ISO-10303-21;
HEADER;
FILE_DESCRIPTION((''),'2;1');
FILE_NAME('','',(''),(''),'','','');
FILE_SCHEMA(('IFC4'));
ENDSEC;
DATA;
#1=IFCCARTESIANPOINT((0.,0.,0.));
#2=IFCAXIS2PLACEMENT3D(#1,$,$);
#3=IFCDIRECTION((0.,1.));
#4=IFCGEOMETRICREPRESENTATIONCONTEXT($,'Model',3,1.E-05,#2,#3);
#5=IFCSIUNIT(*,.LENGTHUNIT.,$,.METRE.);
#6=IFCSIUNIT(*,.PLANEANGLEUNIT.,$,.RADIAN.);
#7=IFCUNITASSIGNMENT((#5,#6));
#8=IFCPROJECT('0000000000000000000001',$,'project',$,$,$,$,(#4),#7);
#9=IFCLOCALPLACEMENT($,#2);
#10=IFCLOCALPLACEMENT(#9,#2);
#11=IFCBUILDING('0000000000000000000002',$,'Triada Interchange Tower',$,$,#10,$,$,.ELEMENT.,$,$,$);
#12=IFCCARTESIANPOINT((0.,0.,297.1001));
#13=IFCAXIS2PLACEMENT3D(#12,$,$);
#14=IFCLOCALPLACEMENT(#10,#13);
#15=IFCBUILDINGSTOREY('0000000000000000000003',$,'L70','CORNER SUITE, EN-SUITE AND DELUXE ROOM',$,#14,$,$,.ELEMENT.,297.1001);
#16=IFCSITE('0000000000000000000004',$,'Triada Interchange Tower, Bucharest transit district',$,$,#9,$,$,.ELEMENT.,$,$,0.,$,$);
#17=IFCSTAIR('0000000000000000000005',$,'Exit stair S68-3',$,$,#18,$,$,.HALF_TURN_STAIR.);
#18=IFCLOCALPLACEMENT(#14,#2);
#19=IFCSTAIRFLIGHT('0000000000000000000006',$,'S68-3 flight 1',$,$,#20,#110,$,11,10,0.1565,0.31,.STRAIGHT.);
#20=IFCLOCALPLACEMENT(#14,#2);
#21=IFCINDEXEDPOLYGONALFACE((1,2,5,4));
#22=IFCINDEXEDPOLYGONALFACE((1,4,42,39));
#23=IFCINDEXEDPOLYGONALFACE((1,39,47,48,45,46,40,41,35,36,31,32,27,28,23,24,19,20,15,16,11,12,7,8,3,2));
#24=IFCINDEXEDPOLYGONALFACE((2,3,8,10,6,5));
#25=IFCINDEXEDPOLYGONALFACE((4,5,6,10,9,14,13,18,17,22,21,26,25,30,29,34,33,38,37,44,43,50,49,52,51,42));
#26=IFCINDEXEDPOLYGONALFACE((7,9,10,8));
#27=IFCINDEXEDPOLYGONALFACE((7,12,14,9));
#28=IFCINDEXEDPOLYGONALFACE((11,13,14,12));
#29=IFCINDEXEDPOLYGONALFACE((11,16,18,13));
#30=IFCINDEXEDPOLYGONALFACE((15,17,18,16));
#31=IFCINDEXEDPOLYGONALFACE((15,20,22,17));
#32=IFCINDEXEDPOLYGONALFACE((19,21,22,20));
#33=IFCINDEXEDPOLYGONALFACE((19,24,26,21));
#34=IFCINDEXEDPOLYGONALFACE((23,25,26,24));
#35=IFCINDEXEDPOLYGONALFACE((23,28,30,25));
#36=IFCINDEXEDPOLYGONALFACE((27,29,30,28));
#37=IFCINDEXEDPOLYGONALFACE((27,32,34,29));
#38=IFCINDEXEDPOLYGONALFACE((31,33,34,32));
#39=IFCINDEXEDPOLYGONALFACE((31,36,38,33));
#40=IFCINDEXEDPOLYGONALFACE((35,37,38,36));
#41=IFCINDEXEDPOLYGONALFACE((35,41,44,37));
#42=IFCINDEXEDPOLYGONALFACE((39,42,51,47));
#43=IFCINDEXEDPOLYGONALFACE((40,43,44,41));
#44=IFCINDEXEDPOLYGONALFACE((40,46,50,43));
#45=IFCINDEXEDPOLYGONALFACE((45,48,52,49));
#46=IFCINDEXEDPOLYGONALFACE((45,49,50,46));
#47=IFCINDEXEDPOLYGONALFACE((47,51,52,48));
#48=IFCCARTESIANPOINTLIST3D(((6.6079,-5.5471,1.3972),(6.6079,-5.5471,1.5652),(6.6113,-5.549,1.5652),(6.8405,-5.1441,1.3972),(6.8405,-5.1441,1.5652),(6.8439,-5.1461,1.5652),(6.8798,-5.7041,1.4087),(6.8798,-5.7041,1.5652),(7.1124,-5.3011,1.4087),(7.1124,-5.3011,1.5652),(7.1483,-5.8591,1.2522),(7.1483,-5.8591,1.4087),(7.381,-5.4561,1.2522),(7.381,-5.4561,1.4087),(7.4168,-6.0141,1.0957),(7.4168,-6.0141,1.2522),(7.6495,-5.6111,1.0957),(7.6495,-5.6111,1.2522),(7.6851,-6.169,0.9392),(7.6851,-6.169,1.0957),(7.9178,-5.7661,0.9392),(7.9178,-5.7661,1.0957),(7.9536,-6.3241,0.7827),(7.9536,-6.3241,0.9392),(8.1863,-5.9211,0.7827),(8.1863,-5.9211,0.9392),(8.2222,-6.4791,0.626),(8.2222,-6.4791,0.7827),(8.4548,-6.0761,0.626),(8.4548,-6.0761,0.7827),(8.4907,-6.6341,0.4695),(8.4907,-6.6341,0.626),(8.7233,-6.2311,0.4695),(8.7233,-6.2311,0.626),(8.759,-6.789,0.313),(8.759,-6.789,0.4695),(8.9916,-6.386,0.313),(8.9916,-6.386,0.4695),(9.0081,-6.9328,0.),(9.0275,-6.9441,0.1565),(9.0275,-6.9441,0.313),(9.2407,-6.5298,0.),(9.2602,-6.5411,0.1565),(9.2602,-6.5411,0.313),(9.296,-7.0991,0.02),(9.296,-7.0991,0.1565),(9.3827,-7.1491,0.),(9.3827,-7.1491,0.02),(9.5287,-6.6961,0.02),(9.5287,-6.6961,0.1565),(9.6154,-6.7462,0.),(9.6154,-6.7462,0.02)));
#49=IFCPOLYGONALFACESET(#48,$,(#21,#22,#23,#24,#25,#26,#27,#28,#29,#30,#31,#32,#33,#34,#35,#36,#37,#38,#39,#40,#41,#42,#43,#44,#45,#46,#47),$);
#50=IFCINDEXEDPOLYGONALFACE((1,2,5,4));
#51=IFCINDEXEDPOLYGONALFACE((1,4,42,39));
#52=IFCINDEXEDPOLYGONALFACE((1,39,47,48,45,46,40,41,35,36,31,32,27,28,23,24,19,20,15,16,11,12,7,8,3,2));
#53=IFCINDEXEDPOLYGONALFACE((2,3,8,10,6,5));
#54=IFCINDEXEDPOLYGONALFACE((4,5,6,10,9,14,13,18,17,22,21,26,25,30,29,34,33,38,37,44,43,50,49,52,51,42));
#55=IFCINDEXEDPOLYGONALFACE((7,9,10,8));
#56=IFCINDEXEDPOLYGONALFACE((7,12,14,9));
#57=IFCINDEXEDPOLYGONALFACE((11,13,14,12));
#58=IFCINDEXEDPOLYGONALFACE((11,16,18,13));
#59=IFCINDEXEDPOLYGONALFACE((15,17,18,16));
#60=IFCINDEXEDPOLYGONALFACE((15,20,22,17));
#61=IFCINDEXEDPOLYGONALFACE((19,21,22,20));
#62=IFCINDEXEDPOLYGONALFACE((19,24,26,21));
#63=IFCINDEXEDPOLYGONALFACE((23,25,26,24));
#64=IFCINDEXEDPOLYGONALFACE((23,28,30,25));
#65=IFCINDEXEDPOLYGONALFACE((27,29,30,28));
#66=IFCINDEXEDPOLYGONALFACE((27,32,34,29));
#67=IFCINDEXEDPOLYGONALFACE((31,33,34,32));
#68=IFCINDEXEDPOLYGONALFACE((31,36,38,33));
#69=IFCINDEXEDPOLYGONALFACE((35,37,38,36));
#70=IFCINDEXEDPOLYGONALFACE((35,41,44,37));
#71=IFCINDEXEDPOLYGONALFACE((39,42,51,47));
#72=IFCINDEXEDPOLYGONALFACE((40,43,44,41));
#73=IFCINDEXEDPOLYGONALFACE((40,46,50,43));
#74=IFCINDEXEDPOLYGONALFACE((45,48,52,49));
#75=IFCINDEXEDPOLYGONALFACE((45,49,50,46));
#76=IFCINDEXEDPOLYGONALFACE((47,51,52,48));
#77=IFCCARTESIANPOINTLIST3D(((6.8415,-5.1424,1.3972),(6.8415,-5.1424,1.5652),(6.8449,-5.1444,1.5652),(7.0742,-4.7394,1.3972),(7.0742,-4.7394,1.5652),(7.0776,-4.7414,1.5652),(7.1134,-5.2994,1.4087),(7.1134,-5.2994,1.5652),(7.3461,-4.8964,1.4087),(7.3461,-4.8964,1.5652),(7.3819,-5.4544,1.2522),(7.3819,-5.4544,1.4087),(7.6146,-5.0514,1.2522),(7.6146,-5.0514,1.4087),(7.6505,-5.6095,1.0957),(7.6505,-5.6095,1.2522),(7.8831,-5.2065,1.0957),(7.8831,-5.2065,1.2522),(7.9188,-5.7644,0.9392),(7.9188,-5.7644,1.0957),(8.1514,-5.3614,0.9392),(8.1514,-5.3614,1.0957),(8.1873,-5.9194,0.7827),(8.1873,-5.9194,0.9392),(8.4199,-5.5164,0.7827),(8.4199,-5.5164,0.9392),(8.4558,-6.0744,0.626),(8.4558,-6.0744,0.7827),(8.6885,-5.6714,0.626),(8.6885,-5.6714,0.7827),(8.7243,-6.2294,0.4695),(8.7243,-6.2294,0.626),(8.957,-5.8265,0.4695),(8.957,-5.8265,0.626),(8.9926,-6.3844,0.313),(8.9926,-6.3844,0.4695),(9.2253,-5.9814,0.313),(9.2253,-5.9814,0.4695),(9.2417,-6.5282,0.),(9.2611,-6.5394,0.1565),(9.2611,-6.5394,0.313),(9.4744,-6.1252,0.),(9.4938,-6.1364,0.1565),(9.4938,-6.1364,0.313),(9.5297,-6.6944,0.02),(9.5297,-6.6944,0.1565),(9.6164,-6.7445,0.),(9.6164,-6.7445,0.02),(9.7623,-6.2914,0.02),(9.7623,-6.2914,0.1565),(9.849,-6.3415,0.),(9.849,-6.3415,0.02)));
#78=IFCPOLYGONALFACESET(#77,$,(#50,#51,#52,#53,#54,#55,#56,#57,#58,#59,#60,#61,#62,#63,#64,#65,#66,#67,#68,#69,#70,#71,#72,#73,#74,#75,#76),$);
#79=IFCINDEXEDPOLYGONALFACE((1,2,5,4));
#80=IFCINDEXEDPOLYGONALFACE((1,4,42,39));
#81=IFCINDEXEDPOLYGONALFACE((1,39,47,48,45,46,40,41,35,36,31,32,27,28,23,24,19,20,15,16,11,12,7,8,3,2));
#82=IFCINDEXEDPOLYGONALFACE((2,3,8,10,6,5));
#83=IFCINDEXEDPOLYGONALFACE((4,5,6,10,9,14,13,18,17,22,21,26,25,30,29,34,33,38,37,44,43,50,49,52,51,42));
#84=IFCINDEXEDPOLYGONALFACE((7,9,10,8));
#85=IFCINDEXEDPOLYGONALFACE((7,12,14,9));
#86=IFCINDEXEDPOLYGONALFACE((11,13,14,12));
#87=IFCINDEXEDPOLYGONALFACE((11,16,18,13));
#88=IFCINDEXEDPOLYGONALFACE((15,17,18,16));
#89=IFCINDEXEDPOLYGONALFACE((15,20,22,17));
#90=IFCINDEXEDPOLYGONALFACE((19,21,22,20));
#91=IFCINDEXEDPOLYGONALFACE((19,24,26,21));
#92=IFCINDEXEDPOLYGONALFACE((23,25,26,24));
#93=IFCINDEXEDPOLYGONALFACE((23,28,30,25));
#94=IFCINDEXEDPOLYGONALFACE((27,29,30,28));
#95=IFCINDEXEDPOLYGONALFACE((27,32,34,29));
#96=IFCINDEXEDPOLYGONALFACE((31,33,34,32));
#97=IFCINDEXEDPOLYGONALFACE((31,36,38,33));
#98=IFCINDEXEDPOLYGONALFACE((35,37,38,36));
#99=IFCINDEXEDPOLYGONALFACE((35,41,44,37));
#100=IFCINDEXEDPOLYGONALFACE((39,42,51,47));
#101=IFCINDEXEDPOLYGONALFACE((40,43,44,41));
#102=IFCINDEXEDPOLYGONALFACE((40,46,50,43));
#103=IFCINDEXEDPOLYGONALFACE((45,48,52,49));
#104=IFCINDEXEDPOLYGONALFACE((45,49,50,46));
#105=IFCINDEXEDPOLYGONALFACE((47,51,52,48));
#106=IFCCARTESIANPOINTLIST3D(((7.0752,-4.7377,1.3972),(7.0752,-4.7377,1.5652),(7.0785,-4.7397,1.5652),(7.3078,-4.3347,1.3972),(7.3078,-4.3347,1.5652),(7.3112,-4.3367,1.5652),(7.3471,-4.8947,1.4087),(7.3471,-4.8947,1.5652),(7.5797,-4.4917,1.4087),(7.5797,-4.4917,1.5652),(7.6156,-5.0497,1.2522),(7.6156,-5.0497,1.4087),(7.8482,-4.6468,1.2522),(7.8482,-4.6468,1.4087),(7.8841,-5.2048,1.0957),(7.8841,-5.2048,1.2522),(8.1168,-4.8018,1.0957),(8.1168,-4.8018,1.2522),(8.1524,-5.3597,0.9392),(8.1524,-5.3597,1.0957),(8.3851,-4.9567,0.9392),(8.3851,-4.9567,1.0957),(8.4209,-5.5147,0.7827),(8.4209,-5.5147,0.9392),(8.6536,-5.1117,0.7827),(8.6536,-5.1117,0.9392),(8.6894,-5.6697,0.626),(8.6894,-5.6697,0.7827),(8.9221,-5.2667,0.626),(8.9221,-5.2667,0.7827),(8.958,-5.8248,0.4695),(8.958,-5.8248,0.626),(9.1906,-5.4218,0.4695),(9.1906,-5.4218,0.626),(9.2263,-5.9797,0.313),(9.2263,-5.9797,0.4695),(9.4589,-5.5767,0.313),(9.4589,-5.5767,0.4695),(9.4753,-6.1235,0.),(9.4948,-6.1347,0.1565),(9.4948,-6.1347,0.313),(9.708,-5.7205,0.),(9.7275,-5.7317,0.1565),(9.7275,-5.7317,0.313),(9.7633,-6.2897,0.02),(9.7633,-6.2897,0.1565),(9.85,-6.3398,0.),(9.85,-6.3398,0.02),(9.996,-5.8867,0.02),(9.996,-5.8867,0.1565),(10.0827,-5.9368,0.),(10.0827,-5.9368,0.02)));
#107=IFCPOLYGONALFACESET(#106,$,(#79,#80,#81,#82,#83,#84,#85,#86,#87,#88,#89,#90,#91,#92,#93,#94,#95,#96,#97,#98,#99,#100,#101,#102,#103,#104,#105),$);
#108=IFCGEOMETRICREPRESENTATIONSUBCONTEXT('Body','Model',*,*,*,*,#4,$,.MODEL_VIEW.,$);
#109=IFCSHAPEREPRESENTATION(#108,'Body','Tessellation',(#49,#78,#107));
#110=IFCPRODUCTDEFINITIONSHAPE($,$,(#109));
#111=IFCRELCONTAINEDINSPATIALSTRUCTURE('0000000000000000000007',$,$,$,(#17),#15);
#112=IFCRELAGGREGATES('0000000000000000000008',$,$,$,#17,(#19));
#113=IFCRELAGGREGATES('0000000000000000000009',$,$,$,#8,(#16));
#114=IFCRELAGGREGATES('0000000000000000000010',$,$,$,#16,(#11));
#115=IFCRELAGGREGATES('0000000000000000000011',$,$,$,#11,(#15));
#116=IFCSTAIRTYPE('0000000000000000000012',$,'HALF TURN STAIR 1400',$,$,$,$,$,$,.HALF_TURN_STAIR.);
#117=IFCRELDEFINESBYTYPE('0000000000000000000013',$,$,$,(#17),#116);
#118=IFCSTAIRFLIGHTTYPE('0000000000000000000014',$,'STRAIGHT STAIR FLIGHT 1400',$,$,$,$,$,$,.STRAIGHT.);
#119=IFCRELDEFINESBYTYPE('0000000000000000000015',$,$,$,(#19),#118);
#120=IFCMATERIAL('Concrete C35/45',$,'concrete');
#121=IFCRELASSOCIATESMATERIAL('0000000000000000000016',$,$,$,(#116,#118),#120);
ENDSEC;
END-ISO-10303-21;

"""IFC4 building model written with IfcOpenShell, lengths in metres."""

from ifc_helpers import new_model, si_unit, direction, frame, origin, place, context, subcontext, project, spatial, polyline, outline, extrude, material, type_object, element, aggregate, save


model = new_model("IFC4")

# Units and contexts
model_context = context("Model", 3, precision=1e-05, world=origin(), true_north=direction((0.0, 1.0)))
body_context = subcontext(model_context, "Body", "Model", "MODEL_VIEW")
ifc_project = project(units=[si_unit("LENGTHUNIT", "METRE"), si_unit("PLANEANGLEUNIT", "RADIAN")], contexts=[model_context])

# Site, building, storey
site_placement = place(None, origin())
site = spatial("IfcSite", under=ifc_project, at=site_placement, Name="Triada Interchange Tower, Bucharest transit district", CompositionType="ELEMENT", RefElevation=0.0)
building_placement = place(site_placement, origin())
building = spatial("IfcBuilding", under=site, at=building_placement, Name="Triada Interchange Tower", CompositionType="ELEMENT")
storey_placement = place(building_placement, frame((0.0, 0.0, 297.1001)))
storey = spatial("IfcBuildingStorey", under=building, at=storey_placement, Name="L70", Description="CORNER SUITE, EN-SUITE AND DELUXE ROOM", CompositionType="ELEMENT", Elevation=297.1001)

# Stair, stair flight
ifc_material_1 = material(Name="Concrete C35/45", Category="concrete")
stair_type = type_object("IfcStairType", Name="HALF TURN STAIR 1400", PredefinedType="HALF_TURN_STAIR", material=ifc_material_1)
stair_placement = place(storey_placement, origin())
stair = element("IfcStair", 1, at=stair_placement, inside=storey, type_object=stair_type, Name="Exit stair S68-3", PredefinedType="HALF_TURN_STAIR")
stair_flight_type = type_object("IfcStairFlightType", Name="STRAIGHT STAIR FLIGHT 1400", PredefinedType="STRAIGHT", material=ifc_material_1)
stair_flight_1_placement = place(storey_placement, frame((9.646, -6.4929, 0.0), z_axis=(0.0, 0.0, 1.0), x_axis=(-0.866025, 0.5, 0.0)))
stair_flight_1 = element("IfcStairFlight", 2, at=stair_flight_1_placement, type_object=stair_flight_type, Name="S68-3 flight 1", NumberOfRisers=11, NumberOfTreads=10, PredefinedType="STRAIGHT", RiserHeight=0.1565, TreadLength=0.31, context=body_context, shape_type="SweptSolid", body=[
    extrude(outline(polyline([(-0.1001, 0.0), (-0.1001, 0.02), (0.0, 0.02), (0.0, 0.1565), (0.3101, 0.1565), (0.3101, 0.313), (0.6201, 0.313), (0.6201, 0.4695), (0.9299, 0.4695), (0.9299, 0.626), (1.24, 0.626), (1.24, 0.7827), (1.55, 0.7827), (1.55, 0.9392), (1.8601, 0.9392), (1.8601, 1.0957), (2.1699, 1.0957), (2.1699, 1.2522), (2.48, 1.2522), (2.48, 1.4087), (2.79, 1.4087), (2.79, 1.5652), (3.1001, 1.5652), (3.104, 1.5652), (3.104, 1.7217), (3.104, 1.3972), (0.3325, 0.0), (-0.1001, 0.0)])), frame((0.0, 0.7, 0.0), z_axis=(0.0, -1.0, 0.0), x_axis=(1.0, 0.0, 0.0)), (0.0, 0.0, 1.0), 0.4653),
    extrude(outline(polyline([(-0.1001, 0.0), (-0.1001, 0.02), (0.0, 0.02), (0.0, 0.1565), (0.3101, 0.1565), (0.3101, 0.313), (0.6201, 0.313), (0.6201, 0.4695), (0.9299, 0.4695), (0.9299, 0.626), (1.24, 0.626), (1.24, 0.7827), (1.55, 0.7827), (1.55, 0.9392), (1.8601, 0.9392), (1.8601, 1.0957), (2.1699, 1.0957), (2.1699, 1.2522), (2.48, 1.2522), (2.48, 1.4087), (2.79, 1.4087), (2.79, 1.5652), (3.1001, 1.5652), (3.104, 1.5652), (3.104, 1.7217), (3.104, 1.3972), (0.3325, 0.0), (-0.1001, 0.0)])), frame((0.0, 0.2327, 0.0), z_axis=(0.0, -1.0, 0.0), x_axis=(1.0, 0.0, 0.0)), (0.0, 0.0, 1.0), 0.4653),
    extrude(outline(polyline([(-0.1001, 0.0), (-0.1001, 0.02), (0.0, 0.02), (0.0, 0.1565), (0.3101, 0.1565), (0.3101, 0.313), (0.6201, 0.313), (0.6201, 0.4695), (0.9299, 0.4695), (0.9299, 0.626), (1.24, 0.626), (1.24, 0.7827), (1.55, 0.7827), (1.55, 0.9392), (1.8601, 0.9392), (1.8601, 1.0957), (2.1699, 1.0957), (2.1699, 1.2522), (2.48, 1.2522), (2.48, 1.4087), (2.79, 1.4087), (2.79, 1.5652), (3.1001, 1.5652), (3.104, 1.5652), (3.104, 1.7217), (3.104, 1.3972), (0.3325, 0.0), (-0.1001, 0.0)])), frame((0.0, -0.2346, 0.0), z_axis=(0.0, -1.0, 0.0), x_axis=(1.0, 0.0, 0.0)), (0.0, 0.0, 1.0), 0.4653),
])
aggregate(stair, [stair_flight_1])

save(model, "model.ifc")
